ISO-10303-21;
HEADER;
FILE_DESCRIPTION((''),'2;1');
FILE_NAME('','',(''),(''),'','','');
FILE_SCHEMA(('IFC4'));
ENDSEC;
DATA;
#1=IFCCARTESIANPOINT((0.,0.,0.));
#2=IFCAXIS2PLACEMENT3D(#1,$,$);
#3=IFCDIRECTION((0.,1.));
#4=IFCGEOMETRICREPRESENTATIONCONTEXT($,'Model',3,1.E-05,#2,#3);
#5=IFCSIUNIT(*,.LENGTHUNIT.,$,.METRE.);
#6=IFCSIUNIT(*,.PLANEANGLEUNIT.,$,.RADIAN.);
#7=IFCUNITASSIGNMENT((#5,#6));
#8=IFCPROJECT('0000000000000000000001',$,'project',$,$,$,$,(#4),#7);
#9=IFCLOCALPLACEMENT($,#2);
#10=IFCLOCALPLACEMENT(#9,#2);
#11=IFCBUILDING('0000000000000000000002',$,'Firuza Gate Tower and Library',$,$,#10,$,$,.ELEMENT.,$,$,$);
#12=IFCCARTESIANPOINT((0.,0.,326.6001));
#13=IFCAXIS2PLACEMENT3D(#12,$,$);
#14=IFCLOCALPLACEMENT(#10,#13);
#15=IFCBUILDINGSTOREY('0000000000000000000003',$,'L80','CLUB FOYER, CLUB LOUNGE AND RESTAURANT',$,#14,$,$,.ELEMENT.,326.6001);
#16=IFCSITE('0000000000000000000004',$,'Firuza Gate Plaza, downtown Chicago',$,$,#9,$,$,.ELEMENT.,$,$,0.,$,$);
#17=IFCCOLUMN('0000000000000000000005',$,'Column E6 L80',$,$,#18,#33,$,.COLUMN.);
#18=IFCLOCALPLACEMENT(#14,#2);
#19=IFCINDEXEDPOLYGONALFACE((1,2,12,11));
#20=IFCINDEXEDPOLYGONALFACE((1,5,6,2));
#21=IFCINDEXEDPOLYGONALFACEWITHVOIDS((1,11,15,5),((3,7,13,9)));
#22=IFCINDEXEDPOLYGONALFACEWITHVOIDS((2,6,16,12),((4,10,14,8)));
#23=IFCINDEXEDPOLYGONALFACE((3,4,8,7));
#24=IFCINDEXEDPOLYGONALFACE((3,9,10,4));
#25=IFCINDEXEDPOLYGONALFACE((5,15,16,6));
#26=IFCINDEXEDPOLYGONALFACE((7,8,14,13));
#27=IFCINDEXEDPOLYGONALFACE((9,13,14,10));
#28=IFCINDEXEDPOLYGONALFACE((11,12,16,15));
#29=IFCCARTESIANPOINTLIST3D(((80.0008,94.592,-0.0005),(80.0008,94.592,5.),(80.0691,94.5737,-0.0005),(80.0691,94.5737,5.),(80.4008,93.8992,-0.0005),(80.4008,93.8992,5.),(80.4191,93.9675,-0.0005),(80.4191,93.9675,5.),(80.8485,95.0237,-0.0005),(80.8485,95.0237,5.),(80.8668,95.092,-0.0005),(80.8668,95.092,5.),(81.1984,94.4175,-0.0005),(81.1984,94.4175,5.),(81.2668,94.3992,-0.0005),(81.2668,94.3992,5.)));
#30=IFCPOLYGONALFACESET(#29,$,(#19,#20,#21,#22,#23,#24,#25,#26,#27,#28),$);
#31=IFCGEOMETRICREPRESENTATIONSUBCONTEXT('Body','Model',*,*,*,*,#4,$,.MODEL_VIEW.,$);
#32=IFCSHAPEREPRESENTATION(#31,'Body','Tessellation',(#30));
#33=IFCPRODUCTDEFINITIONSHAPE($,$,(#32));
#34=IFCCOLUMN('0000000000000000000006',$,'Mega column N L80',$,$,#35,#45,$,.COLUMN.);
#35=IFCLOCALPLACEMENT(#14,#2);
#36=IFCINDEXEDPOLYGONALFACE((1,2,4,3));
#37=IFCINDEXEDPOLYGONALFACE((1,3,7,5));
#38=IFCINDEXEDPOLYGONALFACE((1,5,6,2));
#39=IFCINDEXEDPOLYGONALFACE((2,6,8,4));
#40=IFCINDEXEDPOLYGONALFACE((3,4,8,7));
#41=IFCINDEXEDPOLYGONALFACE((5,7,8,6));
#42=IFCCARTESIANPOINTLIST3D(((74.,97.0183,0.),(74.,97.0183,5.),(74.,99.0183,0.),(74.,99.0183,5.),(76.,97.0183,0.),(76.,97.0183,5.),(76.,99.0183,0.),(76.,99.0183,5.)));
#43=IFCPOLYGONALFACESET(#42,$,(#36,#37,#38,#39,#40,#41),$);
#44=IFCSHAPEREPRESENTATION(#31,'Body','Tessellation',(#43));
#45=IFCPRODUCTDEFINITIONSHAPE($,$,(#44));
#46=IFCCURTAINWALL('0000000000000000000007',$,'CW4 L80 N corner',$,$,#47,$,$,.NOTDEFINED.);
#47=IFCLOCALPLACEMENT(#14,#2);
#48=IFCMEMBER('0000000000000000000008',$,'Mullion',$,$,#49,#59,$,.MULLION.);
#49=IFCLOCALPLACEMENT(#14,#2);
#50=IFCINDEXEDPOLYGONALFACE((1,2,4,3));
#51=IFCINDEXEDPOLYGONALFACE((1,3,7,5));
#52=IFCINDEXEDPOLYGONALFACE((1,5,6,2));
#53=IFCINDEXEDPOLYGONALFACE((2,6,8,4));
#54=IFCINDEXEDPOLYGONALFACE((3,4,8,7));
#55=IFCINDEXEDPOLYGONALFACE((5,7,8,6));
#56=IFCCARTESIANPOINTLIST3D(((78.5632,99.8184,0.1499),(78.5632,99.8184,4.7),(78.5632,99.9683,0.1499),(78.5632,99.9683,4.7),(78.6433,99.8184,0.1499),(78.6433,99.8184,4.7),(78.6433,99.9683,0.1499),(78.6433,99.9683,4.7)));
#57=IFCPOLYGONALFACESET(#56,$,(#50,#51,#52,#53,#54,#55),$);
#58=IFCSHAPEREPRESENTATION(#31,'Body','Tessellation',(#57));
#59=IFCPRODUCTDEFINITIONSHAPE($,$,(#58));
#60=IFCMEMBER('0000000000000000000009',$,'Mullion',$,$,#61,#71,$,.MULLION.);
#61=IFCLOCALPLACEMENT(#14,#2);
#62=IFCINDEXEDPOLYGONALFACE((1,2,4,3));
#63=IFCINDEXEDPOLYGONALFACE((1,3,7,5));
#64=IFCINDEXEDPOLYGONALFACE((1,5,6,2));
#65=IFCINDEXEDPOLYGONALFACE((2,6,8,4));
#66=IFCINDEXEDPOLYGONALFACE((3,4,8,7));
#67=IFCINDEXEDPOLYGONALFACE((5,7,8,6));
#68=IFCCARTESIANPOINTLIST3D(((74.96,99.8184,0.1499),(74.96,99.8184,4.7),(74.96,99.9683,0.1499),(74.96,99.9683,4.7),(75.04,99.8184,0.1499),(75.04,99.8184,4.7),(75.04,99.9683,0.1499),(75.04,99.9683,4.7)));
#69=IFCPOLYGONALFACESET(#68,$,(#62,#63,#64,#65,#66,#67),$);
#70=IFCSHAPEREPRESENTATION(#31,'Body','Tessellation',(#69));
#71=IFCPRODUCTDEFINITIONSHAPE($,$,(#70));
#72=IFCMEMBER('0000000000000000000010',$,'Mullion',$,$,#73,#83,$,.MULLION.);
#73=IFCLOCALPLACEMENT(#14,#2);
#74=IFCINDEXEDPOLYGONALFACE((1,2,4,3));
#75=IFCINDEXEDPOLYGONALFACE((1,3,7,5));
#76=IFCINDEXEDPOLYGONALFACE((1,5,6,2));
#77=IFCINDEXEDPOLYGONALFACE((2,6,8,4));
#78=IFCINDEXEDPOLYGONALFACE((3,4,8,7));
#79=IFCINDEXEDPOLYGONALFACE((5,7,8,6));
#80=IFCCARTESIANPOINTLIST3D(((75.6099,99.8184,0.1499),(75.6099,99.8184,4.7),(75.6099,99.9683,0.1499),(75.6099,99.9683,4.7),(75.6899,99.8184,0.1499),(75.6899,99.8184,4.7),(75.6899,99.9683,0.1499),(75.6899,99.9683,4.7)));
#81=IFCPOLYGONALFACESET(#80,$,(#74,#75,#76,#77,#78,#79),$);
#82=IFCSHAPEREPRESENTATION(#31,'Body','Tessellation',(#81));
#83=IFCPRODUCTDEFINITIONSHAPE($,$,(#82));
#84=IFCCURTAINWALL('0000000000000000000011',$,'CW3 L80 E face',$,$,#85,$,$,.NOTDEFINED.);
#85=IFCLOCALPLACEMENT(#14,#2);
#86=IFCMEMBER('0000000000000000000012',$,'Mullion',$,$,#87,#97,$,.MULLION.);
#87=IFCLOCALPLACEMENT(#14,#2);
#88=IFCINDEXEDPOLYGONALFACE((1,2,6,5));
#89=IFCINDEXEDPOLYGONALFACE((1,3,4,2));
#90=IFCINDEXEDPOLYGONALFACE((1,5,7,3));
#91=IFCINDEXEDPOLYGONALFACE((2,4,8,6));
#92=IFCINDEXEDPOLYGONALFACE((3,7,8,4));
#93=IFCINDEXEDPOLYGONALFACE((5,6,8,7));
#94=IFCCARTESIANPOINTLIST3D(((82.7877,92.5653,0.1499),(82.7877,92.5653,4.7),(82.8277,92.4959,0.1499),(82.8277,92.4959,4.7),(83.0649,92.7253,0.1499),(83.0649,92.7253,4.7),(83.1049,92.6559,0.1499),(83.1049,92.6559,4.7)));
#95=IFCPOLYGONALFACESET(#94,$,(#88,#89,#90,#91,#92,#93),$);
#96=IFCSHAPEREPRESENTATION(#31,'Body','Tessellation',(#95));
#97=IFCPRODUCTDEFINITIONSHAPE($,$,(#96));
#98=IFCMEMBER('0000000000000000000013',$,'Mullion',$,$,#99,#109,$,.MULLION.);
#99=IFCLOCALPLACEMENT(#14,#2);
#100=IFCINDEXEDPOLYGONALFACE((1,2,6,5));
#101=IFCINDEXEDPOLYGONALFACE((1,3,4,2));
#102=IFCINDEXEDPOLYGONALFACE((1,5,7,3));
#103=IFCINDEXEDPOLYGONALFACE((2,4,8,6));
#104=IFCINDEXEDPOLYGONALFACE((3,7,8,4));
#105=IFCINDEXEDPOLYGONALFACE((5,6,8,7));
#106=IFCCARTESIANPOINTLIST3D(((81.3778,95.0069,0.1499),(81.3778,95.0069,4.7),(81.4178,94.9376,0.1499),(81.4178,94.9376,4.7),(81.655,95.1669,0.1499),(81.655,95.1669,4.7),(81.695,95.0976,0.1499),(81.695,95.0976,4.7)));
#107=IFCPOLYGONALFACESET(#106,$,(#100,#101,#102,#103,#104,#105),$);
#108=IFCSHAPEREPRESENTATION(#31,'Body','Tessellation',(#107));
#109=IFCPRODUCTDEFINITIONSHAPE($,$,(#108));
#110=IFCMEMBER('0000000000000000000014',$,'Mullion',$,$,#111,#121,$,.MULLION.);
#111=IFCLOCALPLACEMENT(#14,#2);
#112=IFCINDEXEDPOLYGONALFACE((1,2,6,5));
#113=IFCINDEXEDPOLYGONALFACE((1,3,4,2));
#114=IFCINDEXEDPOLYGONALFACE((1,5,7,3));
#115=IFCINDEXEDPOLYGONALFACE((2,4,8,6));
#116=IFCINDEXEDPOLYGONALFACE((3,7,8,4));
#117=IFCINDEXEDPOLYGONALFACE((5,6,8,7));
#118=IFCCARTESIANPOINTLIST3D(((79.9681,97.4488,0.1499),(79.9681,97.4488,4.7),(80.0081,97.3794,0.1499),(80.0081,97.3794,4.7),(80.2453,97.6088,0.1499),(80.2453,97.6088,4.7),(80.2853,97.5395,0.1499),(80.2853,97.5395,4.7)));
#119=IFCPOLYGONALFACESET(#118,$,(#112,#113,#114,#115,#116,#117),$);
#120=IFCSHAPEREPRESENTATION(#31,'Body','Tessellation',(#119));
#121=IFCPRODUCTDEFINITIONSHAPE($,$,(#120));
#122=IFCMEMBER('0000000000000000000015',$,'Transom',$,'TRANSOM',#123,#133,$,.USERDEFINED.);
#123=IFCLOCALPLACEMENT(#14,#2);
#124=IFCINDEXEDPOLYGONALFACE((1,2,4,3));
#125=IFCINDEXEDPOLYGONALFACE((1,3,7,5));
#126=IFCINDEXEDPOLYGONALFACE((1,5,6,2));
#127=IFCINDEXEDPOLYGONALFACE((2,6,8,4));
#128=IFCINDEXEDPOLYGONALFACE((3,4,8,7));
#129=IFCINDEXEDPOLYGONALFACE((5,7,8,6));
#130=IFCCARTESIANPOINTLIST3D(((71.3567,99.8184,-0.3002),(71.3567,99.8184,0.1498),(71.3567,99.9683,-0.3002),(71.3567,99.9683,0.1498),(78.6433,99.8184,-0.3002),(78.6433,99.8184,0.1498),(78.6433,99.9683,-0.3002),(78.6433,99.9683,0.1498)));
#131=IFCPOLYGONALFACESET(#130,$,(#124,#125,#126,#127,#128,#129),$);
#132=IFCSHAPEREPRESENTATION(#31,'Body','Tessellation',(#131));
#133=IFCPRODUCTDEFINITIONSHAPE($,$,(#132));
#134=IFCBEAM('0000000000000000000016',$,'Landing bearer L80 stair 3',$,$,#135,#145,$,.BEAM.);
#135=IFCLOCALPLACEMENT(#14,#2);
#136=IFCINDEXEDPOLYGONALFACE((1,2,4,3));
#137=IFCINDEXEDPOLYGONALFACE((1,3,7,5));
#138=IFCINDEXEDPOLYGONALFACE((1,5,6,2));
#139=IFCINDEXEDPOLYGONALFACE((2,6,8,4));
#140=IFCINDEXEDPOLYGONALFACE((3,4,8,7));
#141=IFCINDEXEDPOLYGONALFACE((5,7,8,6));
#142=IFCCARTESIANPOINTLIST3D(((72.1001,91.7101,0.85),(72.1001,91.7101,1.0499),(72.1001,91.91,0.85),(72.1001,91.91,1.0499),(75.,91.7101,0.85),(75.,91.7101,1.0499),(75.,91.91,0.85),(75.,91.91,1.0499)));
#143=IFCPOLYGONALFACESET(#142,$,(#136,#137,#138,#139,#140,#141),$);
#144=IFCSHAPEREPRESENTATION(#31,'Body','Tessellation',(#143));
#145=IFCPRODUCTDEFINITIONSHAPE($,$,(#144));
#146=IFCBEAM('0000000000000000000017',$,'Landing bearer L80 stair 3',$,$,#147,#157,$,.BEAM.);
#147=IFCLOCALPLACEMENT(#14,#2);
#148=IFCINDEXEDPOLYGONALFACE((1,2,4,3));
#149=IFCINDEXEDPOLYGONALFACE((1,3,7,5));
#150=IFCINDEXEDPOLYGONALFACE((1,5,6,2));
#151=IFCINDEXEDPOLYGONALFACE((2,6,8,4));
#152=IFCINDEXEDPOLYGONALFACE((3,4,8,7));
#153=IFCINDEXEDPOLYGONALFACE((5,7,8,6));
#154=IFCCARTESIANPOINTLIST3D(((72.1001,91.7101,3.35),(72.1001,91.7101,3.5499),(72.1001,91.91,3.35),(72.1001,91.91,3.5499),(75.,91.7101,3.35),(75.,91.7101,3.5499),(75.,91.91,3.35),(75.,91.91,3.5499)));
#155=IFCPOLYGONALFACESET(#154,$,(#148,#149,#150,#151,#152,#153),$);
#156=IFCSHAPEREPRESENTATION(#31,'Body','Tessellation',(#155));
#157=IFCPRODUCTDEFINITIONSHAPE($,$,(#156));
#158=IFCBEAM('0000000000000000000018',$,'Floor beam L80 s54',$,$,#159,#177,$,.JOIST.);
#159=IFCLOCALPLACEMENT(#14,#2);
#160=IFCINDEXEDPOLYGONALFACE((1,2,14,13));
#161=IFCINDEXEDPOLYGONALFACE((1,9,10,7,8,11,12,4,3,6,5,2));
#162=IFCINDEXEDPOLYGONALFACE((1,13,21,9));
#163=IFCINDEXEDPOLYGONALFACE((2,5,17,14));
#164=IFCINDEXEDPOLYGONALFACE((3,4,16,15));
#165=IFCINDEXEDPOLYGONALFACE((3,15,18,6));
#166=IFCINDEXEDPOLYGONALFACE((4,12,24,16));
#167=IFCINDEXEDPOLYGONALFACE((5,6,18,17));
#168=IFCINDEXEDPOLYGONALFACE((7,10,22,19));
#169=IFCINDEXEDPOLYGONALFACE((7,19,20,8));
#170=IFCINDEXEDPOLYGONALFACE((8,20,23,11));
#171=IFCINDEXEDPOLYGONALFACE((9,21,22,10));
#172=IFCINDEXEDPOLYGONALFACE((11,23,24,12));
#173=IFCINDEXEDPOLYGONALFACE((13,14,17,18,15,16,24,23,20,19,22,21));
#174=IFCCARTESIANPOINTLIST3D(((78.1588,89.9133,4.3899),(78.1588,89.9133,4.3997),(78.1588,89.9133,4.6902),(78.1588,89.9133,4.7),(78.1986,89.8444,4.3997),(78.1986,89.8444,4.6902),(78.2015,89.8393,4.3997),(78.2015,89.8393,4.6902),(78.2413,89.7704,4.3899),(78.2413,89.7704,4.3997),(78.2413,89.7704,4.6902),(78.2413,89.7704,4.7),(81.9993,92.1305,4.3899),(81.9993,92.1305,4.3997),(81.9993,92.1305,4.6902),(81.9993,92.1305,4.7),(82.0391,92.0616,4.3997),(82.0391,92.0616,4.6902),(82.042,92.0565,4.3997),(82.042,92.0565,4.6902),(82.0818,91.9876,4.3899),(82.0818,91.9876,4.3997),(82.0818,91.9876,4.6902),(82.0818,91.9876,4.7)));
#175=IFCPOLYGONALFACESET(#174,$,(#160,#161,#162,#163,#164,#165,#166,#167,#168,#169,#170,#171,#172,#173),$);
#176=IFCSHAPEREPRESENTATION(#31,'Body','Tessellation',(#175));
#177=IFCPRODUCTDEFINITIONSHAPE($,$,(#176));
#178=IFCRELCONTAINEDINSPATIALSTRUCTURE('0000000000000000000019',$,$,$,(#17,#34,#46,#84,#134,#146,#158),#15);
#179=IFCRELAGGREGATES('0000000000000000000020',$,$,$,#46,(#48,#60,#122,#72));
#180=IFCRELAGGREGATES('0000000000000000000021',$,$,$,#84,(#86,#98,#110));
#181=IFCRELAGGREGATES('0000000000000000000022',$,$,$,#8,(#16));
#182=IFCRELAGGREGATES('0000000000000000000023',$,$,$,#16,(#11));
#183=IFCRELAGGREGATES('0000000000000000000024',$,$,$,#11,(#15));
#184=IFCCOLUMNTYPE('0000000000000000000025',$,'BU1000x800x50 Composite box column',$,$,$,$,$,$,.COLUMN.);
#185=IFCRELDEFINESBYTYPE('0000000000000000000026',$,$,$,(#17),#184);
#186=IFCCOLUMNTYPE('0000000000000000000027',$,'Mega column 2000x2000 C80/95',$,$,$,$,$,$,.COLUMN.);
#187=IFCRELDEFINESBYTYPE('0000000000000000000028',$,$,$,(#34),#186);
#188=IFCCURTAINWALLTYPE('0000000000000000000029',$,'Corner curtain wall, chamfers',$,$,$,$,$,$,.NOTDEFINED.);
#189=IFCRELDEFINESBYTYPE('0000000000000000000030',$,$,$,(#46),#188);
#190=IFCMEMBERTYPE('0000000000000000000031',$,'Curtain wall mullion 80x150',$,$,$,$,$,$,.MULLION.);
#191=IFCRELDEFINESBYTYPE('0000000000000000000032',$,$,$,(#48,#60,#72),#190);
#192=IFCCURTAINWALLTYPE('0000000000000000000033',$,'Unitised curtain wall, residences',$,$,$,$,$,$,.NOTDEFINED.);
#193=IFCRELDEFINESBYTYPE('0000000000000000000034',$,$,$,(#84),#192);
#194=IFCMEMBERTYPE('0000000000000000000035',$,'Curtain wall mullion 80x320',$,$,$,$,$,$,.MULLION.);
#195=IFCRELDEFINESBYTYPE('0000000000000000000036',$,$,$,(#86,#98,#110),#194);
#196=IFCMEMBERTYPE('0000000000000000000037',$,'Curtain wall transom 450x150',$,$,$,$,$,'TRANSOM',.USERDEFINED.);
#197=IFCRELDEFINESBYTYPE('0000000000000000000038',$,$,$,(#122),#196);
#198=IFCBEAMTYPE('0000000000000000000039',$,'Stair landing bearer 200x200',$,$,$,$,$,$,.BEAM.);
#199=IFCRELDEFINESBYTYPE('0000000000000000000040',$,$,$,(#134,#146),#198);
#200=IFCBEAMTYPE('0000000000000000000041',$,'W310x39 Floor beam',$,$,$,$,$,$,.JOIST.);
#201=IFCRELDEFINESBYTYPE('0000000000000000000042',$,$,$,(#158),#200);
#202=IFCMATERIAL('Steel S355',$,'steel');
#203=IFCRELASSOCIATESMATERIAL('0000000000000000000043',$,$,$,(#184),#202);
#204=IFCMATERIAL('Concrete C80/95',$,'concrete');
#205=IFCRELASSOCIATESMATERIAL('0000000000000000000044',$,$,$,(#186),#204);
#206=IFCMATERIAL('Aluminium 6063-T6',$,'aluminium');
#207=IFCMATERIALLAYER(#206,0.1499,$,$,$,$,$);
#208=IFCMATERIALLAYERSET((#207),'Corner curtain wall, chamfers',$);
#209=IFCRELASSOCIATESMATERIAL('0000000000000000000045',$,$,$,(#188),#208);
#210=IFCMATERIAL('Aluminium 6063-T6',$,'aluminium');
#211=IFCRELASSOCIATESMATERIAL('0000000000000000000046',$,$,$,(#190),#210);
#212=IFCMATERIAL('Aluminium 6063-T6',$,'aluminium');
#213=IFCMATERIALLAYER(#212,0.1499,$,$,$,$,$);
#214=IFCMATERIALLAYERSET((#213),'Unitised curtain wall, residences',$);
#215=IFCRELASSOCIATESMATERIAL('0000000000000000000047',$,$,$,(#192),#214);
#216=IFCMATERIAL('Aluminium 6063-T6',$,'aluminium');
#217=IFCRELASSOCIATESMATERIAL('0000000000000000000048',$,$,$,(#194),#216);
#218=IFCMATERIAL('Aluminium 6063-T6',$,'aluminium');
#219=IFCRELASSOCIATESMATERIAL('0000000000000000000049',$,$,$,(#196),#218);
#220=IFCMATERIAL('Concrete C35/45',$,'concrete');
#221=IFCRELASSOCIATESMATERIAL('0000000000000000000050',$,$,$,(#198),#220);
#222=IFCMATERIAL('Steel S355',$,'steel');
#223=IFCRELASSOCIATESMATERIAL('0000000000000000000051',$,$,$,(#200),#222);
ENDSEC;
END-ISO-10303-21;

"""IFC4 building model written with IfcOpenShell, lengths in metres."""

from ifc_helpers import new_model, si_unit, direction, frame, origin, origin_2d, place, context, subcontext, project, spatial, rectangle, hollow_rectangle, i_section, extrude, material, layer, layer_set, material_profile, profile_set, type_object, element, aggregate, save


model = new_model("IFC4")

# Units and contexts
model_context = context("Model", 3, precision=1e-05, world=origin(), true_north=direction((0.0, 1.0)))
body_context = subcontext(model_context, "Body", "Model", "MODEL_VIEW")
ifc_project = project(units=[si_unit("LENGTHUNIT", "METRE"), si_unit("PLANEANGLEUNIT", "RADIAN")], contexts=[model_context])

# Site, building, storey
site_placement = place(None, origin())
site = spatial("IfcSite", under=ifc_project, at=site_placement, Name="Firuza Gate Plaza, downtown Chicago", CompositionType="ELEMENT", RefElevation=0.0)
building_placement = place(site_placement, origin())
building = spatial("IfcBuilding", under=site, at=building_placement, Name="Firuza Gate Tower and Library", CompositionType="ELEMENT")
storey_placement = place(building_placement, frame((0.0, 0.0, 326.6001)))
storey = spatial("IfcBuildingStorey", under=building, at=storey_placement, Name="L80", Description="CLUB FOYER, CLUB LOUNGE AND RESTAURANT", CompositionType="ELEMENT", Elevation=326.6001)

# Columns
ifc_material_1 = material(Name="Steel S355", Category="steel")
ifc_material_profile_1 = material_profile(ifc_material_1, hollow_rectangle(XDim=0.8, YDim=1.0, WallThickness=0.05, at=origin_2d()))
ifc_profile_set_1 = profile_set([ifc_material_profile_1], Name="Steel S355")
column_type_1 = type_object("IfcColumnType", Name="BU1000x800x50 Composite box column", PredefinedType="COLUMN", material=ifc_profile_set_1)
column_1_placement = place(storey_placement, frame((80.6338, 94.4956, -0.0005), z_axis=(0.0, 0.0, 1.0), x_axis=(-0.5, 0.866025, 0.0)))
element("IfcColumn", 1, at=column_1_placement, inside=storey, type_object=column_type_1, Name="Column E6 L80", PredefinedType="COLUMN", context=body_context, shape_type="SweptSolid", body=[
    extrude(hollow_rectangle(XDim=0.8, YDim=1.0, WallThickness=0.05, at=origin_2d()), origin(), (0.0, 0.0, 1.0), 5.0005),
])
ifc_material_2 = material(Name="Concrete C80/95", Category="concrete")
ifc_material_profile_2 = material_profile(ifc_material_2, rectangle(XDim=2.0, YDim=2.0, at=origin_2d()))
ifc_profile_set_2 = profile_set([ifc_material_profile_2], Name="Concrete C80/95")
column_type_2 = type_object("IfcColumnType", Name="Mega column 2000x2000 C80/95", PredefinedType="COLUMN", material=ifc_profile_set_2)
column_2_placement = place(storey_placement, frame((75.0, 98.0183, 0.0), z_axis=(0.0, 0.0, 1.0), x_axis=(-1.0, 0.0, 0.0)))
element("IfcColumn", 2, at=column_2_placement, inside=storey, type_object=column_type_2, Name="Mega column N L80", PredefinedType="COLUMN", context=body_context, shape_type="SweptSolid", body=[
    extrude(rectangle(XDim=2.0, YDim=2.0, at=origin_2d()), origin(), (0.0, 0.0, 1.0), 5.0),
])

# Curtain walls, members
ifc_material_3 = material(Name="Aluminium 6063-T6", Category="aluminium")
ifc_layer_1 = layer(ifc_material_3, 0.1499)
ifc_layer_set_1 = layer_set([ifc_layer_1], Name="Corner curtain wall, chamfers")
curtain_wall_type_1 = type_object("IfcCurtainWallType", Name="Corner curtain wall, chamfers", PredefinedType="NOTDEFINED", material=ifc_layer_set_1)
placement = place(storey_placement, origin())
curtain_wall_1 = element("IfcCurtainWall", 3, at=placement, inside=storey, type_object=curtain_wall_type_1, Name="CW4 L80 N corner", PredefinedType="NOTDEFINED")
ifc_material_4 = material(Name="Aluminium 6063-T6", Category="aluminium")
ifc_material_profile_3 = material_profile(ifc_material_4, rectangle(XDim=0.1499, YDim=0.0801, at=origin_2d()))
ifc_profile_set_3 = profile_set([ifc_material_profile_3], Name="Aluminium 6063-T6")
member_type_1 = type_object("IfcMemberType", Name="Curtain wall mullion 80x150", PredefinedType="MULLION", material=ifc_profile_set_3)
member_1_placement = place(storey_placement, frame((78.6033, 99.8933, 0.1499), z_axis=(0.0, 0.0, 1.0), x_axis=(0.0, -1.0, 0.0)))
member_1 = element("IfcMember", 4, at=member_1_placement, type_object=member_type_1, Name="Mullion", PredefinedType="MULLION", context=body_context, shape_type="SweptSolid", body=[
    extrude(rectangle(XDim=0.1499, YDim=0.0801, at=origin_2d()), origin(), (0.0, 0.0, 1.0), 4.55),
])
member_2_placement = place(storey_placement, frame((75.0, 99.8933, 0.1499), z_axis=(0.0, 0.0, 1.0), x_axis=(0.0, -1.0, 0.0)))
member_2 = element("IfcMember", 5, at=member_2_placement, type_object=member_type_1, Name="Mullion", PredefinedType="MULLION", context=body_context, shape_type="SweptSolid", body=[
    extrude(rectangle(XDim=0.1499, YDim=0.0801, at=origin_2d()), origin(), (0.0, 0.0, 1.0), 4.55),
])
member_3_placement = place(storey_placement, frame((75.6499, 99.8933, 0.1499), z_axis=(0.0, 0.0, 1.0), x_axis=(0.0, -1.0, 0.0)))
member_3 = element("IfcMember", 6, at=member_3_placement, type_object=member_type_1, Name="Mullion", PredefinedType="MULLION", context=body_context, shape_type="SweptSolid", body=[
    extrude(rectangle(XDim=0.1499, YDim=0.0801, at=origin_2d()), origin(), (0.0, 0.0, 1.0), 4.55),
])
ifc_material_5 = material(Name="Aluminium 6063-T6", Category="aluminium")
ifc_layer_2 = layer(ifc_material_5, 0.1499)
ifc_layer_set_2 = layer_set([ifc_layer_2], Name="Unitised curtain wall, residences")
curtain_wall_type_2 = type_object("IfcCurtainWallType", Name="Unitised curtain wall, residences", PredefinedType="NOTDEFINED", material=ifc_layer_set_2)
curtain_wall_2 = element("IfcCurtainWall", 7, at=placement, inside=storey, type_object=curtain_wall_type_2, Name="CW3 L80 E face", PredefinedType="NOTDEFINED")
ifc_material_6 = material(Name="Aluminium 6063-T6", Category="aluminium")
ifc_material_profile_4 = material_profile(ifc_material_6, rectangle(XDim=0.3201, YDim=0.0801, at=origin_2d()))
ifc_profile_set_4 = profile_set([ifc_material_profile_4], Name="Aluminium 6063-T6")
member_type_2 = type_object("IfcMemberType", Name="Curtain wall mullion 80x320", PredefinedType="MULLION", material=ifc_profile_set_4)
member_4_placement = place(storey_placement, frame((82.9463, 92.6106, 0.1499), z_axis=(0.0, 0.0, 1.0), x_axis=(-0.866025, -0.5, 0.0)))
member_4 = element("IfcMember", 8, at=member_4_placement, type_object=member_type_2, Name="Mullion", PredefinedType="MULLION", context=body_context, shape_type="SweptSolid", body=[
    extrude(rectangle(XDim=0.3201, YDim=0.0801, at=origin_2d()), origin(), (0.0, 0.0, 1.0), 4.55),
])
member_5_placement = place(storey_placement, frame((81.5364, 95.0522, 0.1499), z_axis=(0.0, 0.0, 1.0), x_axis=(-0.866025, -0.5, 0.0)))
member_5 = element("IfcMember", 9, at=member_5_placement, type_object=member_type_2, Name="Mullion", PredefinedType="MULLION", context=body_context, shape_type="SweptSolid", body=[
    extrude(rectangle(XDim=0.3201, YDim=0.0801, at=origin_2d()), origin(), (0.0, 0.0, 1.0), 4.55),
])
member_6_placement = place(storey_placement, frame((80.1267, 97.4941, 0.1499), z_axis=(0.0, 0.0, 1.0), x_axis=(-0.866025, -0.5, 0.0)))
member_6 = element("IfcMember", 10, at=member_6_placement, type_object=member_type_2, Name="Mullion", PredefinedType="MULLION", context=body_context, shape_type="SweptSolid", body=[
    extrude(rectangle(XDim=0.3201, YDim=0.0801, at=origin_2d()), origin(), (0.0, 0.0, 1.0), 4.55),
])

# Member
ifc_material_7 = material(Name="Aluminium 6063-T6", Category="aluminium")
ifc_material_profile_5 = material_profile(ifc_material_7, rectangle(XDim=0.1499, YDim=0.45, at=origin_2d()))
ifc_profile_set_5 = profile_set([ifc_material_profile_5], Name="Aluminium 6063-T6")
member_type_3 = type_object("IfcMemberType", Name="Curtain wall transom 450x150", ElementType="TRANSOM", PredefinedType="USERDEFINED", material=ifc_profile_set_5)
member_7_placement = place(storey_placement, frame((78.6433, 99.8933, -0.0752), z_axis=(-1.0, 0.0, 0.0), x_axis=(0.0, -1.0, 0.0)))
member_7 = element("IfcMember", 11, at=member_7_placement, type_object=member_type_3, Name="Transom", ObjectType="TRANSOM", PredefinedType="USERDEFINED", context=body_context, shape_type="SweptSolid", body=[
    extrude(rectangle(XDim=0.1499, YDim=0.45, at=origin_2d()), origin(), (0.0, 0.0, 1.0), 7.2866),
])

# Beams
ifc_material_8 = material(Name="Concrete C35/45", Category="concrete")
ifc_material_profile_6 = material_profile(ifc_material_8, rectangle(XDim=0.2, YDim=0.2, at=origin_2d()))
ifc_profile_set_6 = profile_set([ifc_material_profile_6], Name="Concrete C35/45")
beam_type_1 = type_object("IfcBeamType", Name="Stair landing bearer 200x200", PredefinedType="BEAM", material=ifc_profile_set_6)
for number, where, z_axis, x_axis, name in (
    (12, (75.0, 91.8101, 0.95), (-1.0, 0.0, 0.0), (0.0, -1.0, 0.0), "Landing bearer L80 stair 3"),
    (13, (75.0, 91.8101, 3.45), (-1.0, 0.0, 0.0), (0.0, -1.0, 0.0), "Landing bearer L80 stair 3"),
):
    element("IfcBeam", number, at=place(storey_placement, frame(where, z_axis=z_axis, x_axis=x_axis)), inside=storey, type_object=beam_type_1, Name=name, PredefinedType="BEAM", context=body_context, shape_type="SweptSolid", body=[
        extrude(rectangle(XDim=0.2, YDim=0.2, at=origin_2d()), origin(), (0.0, 0.0, 1.0), 2.8999),
    ])
ifc_material_9 = material(Name="Steel S355", Category="steel")
ifc_material_profile_7 = material_profile(ifc_material_9, i_section(OverallWidth=0.165, OverallDepth=0.3101, WebThickness=0.0059, FlangeThickness=0.0098, at=origin_2d()))
ifc_profile_set_7 = profile_set([ifc_material_profile_7], Name="Steel S355")
beam_type_2 = type_object("IfcBeamType", Name="W310x39 Floor beam", PredefinedType="JOIST", material=ifc_profile_set_7)
beam_1_placement = place(storey_placement, frame((82.0405, 92.0591, 4.5449), z_axis=(-0.866032, -0.499988, 0.0), x_axis=(0.499988, -0.866032, 0.0)))
element("IfcBeam", 14, at=beam_1_placement, inside=storey, type_object=beam_type_2, Name="Floor beam L80 s54", PredefinedType="JOIST", context=body_context, shape_type="SweptSolid", body=[
    extrude(i_section(OverallWidth=0.165, OverallDepth=0.3101, WebThickness=0.0059, FlangeThickness=0.0098, at=origin_2d()), origin(), (0.0, 0.0, 1.0), 4.4346),
])

aggregate(curtain_wall_1, [member_1, member_2, member_7, member_3])
aggregate(curtain_wall_2, [member_4, member_5, member_6])

save(model, "model.ifc")
